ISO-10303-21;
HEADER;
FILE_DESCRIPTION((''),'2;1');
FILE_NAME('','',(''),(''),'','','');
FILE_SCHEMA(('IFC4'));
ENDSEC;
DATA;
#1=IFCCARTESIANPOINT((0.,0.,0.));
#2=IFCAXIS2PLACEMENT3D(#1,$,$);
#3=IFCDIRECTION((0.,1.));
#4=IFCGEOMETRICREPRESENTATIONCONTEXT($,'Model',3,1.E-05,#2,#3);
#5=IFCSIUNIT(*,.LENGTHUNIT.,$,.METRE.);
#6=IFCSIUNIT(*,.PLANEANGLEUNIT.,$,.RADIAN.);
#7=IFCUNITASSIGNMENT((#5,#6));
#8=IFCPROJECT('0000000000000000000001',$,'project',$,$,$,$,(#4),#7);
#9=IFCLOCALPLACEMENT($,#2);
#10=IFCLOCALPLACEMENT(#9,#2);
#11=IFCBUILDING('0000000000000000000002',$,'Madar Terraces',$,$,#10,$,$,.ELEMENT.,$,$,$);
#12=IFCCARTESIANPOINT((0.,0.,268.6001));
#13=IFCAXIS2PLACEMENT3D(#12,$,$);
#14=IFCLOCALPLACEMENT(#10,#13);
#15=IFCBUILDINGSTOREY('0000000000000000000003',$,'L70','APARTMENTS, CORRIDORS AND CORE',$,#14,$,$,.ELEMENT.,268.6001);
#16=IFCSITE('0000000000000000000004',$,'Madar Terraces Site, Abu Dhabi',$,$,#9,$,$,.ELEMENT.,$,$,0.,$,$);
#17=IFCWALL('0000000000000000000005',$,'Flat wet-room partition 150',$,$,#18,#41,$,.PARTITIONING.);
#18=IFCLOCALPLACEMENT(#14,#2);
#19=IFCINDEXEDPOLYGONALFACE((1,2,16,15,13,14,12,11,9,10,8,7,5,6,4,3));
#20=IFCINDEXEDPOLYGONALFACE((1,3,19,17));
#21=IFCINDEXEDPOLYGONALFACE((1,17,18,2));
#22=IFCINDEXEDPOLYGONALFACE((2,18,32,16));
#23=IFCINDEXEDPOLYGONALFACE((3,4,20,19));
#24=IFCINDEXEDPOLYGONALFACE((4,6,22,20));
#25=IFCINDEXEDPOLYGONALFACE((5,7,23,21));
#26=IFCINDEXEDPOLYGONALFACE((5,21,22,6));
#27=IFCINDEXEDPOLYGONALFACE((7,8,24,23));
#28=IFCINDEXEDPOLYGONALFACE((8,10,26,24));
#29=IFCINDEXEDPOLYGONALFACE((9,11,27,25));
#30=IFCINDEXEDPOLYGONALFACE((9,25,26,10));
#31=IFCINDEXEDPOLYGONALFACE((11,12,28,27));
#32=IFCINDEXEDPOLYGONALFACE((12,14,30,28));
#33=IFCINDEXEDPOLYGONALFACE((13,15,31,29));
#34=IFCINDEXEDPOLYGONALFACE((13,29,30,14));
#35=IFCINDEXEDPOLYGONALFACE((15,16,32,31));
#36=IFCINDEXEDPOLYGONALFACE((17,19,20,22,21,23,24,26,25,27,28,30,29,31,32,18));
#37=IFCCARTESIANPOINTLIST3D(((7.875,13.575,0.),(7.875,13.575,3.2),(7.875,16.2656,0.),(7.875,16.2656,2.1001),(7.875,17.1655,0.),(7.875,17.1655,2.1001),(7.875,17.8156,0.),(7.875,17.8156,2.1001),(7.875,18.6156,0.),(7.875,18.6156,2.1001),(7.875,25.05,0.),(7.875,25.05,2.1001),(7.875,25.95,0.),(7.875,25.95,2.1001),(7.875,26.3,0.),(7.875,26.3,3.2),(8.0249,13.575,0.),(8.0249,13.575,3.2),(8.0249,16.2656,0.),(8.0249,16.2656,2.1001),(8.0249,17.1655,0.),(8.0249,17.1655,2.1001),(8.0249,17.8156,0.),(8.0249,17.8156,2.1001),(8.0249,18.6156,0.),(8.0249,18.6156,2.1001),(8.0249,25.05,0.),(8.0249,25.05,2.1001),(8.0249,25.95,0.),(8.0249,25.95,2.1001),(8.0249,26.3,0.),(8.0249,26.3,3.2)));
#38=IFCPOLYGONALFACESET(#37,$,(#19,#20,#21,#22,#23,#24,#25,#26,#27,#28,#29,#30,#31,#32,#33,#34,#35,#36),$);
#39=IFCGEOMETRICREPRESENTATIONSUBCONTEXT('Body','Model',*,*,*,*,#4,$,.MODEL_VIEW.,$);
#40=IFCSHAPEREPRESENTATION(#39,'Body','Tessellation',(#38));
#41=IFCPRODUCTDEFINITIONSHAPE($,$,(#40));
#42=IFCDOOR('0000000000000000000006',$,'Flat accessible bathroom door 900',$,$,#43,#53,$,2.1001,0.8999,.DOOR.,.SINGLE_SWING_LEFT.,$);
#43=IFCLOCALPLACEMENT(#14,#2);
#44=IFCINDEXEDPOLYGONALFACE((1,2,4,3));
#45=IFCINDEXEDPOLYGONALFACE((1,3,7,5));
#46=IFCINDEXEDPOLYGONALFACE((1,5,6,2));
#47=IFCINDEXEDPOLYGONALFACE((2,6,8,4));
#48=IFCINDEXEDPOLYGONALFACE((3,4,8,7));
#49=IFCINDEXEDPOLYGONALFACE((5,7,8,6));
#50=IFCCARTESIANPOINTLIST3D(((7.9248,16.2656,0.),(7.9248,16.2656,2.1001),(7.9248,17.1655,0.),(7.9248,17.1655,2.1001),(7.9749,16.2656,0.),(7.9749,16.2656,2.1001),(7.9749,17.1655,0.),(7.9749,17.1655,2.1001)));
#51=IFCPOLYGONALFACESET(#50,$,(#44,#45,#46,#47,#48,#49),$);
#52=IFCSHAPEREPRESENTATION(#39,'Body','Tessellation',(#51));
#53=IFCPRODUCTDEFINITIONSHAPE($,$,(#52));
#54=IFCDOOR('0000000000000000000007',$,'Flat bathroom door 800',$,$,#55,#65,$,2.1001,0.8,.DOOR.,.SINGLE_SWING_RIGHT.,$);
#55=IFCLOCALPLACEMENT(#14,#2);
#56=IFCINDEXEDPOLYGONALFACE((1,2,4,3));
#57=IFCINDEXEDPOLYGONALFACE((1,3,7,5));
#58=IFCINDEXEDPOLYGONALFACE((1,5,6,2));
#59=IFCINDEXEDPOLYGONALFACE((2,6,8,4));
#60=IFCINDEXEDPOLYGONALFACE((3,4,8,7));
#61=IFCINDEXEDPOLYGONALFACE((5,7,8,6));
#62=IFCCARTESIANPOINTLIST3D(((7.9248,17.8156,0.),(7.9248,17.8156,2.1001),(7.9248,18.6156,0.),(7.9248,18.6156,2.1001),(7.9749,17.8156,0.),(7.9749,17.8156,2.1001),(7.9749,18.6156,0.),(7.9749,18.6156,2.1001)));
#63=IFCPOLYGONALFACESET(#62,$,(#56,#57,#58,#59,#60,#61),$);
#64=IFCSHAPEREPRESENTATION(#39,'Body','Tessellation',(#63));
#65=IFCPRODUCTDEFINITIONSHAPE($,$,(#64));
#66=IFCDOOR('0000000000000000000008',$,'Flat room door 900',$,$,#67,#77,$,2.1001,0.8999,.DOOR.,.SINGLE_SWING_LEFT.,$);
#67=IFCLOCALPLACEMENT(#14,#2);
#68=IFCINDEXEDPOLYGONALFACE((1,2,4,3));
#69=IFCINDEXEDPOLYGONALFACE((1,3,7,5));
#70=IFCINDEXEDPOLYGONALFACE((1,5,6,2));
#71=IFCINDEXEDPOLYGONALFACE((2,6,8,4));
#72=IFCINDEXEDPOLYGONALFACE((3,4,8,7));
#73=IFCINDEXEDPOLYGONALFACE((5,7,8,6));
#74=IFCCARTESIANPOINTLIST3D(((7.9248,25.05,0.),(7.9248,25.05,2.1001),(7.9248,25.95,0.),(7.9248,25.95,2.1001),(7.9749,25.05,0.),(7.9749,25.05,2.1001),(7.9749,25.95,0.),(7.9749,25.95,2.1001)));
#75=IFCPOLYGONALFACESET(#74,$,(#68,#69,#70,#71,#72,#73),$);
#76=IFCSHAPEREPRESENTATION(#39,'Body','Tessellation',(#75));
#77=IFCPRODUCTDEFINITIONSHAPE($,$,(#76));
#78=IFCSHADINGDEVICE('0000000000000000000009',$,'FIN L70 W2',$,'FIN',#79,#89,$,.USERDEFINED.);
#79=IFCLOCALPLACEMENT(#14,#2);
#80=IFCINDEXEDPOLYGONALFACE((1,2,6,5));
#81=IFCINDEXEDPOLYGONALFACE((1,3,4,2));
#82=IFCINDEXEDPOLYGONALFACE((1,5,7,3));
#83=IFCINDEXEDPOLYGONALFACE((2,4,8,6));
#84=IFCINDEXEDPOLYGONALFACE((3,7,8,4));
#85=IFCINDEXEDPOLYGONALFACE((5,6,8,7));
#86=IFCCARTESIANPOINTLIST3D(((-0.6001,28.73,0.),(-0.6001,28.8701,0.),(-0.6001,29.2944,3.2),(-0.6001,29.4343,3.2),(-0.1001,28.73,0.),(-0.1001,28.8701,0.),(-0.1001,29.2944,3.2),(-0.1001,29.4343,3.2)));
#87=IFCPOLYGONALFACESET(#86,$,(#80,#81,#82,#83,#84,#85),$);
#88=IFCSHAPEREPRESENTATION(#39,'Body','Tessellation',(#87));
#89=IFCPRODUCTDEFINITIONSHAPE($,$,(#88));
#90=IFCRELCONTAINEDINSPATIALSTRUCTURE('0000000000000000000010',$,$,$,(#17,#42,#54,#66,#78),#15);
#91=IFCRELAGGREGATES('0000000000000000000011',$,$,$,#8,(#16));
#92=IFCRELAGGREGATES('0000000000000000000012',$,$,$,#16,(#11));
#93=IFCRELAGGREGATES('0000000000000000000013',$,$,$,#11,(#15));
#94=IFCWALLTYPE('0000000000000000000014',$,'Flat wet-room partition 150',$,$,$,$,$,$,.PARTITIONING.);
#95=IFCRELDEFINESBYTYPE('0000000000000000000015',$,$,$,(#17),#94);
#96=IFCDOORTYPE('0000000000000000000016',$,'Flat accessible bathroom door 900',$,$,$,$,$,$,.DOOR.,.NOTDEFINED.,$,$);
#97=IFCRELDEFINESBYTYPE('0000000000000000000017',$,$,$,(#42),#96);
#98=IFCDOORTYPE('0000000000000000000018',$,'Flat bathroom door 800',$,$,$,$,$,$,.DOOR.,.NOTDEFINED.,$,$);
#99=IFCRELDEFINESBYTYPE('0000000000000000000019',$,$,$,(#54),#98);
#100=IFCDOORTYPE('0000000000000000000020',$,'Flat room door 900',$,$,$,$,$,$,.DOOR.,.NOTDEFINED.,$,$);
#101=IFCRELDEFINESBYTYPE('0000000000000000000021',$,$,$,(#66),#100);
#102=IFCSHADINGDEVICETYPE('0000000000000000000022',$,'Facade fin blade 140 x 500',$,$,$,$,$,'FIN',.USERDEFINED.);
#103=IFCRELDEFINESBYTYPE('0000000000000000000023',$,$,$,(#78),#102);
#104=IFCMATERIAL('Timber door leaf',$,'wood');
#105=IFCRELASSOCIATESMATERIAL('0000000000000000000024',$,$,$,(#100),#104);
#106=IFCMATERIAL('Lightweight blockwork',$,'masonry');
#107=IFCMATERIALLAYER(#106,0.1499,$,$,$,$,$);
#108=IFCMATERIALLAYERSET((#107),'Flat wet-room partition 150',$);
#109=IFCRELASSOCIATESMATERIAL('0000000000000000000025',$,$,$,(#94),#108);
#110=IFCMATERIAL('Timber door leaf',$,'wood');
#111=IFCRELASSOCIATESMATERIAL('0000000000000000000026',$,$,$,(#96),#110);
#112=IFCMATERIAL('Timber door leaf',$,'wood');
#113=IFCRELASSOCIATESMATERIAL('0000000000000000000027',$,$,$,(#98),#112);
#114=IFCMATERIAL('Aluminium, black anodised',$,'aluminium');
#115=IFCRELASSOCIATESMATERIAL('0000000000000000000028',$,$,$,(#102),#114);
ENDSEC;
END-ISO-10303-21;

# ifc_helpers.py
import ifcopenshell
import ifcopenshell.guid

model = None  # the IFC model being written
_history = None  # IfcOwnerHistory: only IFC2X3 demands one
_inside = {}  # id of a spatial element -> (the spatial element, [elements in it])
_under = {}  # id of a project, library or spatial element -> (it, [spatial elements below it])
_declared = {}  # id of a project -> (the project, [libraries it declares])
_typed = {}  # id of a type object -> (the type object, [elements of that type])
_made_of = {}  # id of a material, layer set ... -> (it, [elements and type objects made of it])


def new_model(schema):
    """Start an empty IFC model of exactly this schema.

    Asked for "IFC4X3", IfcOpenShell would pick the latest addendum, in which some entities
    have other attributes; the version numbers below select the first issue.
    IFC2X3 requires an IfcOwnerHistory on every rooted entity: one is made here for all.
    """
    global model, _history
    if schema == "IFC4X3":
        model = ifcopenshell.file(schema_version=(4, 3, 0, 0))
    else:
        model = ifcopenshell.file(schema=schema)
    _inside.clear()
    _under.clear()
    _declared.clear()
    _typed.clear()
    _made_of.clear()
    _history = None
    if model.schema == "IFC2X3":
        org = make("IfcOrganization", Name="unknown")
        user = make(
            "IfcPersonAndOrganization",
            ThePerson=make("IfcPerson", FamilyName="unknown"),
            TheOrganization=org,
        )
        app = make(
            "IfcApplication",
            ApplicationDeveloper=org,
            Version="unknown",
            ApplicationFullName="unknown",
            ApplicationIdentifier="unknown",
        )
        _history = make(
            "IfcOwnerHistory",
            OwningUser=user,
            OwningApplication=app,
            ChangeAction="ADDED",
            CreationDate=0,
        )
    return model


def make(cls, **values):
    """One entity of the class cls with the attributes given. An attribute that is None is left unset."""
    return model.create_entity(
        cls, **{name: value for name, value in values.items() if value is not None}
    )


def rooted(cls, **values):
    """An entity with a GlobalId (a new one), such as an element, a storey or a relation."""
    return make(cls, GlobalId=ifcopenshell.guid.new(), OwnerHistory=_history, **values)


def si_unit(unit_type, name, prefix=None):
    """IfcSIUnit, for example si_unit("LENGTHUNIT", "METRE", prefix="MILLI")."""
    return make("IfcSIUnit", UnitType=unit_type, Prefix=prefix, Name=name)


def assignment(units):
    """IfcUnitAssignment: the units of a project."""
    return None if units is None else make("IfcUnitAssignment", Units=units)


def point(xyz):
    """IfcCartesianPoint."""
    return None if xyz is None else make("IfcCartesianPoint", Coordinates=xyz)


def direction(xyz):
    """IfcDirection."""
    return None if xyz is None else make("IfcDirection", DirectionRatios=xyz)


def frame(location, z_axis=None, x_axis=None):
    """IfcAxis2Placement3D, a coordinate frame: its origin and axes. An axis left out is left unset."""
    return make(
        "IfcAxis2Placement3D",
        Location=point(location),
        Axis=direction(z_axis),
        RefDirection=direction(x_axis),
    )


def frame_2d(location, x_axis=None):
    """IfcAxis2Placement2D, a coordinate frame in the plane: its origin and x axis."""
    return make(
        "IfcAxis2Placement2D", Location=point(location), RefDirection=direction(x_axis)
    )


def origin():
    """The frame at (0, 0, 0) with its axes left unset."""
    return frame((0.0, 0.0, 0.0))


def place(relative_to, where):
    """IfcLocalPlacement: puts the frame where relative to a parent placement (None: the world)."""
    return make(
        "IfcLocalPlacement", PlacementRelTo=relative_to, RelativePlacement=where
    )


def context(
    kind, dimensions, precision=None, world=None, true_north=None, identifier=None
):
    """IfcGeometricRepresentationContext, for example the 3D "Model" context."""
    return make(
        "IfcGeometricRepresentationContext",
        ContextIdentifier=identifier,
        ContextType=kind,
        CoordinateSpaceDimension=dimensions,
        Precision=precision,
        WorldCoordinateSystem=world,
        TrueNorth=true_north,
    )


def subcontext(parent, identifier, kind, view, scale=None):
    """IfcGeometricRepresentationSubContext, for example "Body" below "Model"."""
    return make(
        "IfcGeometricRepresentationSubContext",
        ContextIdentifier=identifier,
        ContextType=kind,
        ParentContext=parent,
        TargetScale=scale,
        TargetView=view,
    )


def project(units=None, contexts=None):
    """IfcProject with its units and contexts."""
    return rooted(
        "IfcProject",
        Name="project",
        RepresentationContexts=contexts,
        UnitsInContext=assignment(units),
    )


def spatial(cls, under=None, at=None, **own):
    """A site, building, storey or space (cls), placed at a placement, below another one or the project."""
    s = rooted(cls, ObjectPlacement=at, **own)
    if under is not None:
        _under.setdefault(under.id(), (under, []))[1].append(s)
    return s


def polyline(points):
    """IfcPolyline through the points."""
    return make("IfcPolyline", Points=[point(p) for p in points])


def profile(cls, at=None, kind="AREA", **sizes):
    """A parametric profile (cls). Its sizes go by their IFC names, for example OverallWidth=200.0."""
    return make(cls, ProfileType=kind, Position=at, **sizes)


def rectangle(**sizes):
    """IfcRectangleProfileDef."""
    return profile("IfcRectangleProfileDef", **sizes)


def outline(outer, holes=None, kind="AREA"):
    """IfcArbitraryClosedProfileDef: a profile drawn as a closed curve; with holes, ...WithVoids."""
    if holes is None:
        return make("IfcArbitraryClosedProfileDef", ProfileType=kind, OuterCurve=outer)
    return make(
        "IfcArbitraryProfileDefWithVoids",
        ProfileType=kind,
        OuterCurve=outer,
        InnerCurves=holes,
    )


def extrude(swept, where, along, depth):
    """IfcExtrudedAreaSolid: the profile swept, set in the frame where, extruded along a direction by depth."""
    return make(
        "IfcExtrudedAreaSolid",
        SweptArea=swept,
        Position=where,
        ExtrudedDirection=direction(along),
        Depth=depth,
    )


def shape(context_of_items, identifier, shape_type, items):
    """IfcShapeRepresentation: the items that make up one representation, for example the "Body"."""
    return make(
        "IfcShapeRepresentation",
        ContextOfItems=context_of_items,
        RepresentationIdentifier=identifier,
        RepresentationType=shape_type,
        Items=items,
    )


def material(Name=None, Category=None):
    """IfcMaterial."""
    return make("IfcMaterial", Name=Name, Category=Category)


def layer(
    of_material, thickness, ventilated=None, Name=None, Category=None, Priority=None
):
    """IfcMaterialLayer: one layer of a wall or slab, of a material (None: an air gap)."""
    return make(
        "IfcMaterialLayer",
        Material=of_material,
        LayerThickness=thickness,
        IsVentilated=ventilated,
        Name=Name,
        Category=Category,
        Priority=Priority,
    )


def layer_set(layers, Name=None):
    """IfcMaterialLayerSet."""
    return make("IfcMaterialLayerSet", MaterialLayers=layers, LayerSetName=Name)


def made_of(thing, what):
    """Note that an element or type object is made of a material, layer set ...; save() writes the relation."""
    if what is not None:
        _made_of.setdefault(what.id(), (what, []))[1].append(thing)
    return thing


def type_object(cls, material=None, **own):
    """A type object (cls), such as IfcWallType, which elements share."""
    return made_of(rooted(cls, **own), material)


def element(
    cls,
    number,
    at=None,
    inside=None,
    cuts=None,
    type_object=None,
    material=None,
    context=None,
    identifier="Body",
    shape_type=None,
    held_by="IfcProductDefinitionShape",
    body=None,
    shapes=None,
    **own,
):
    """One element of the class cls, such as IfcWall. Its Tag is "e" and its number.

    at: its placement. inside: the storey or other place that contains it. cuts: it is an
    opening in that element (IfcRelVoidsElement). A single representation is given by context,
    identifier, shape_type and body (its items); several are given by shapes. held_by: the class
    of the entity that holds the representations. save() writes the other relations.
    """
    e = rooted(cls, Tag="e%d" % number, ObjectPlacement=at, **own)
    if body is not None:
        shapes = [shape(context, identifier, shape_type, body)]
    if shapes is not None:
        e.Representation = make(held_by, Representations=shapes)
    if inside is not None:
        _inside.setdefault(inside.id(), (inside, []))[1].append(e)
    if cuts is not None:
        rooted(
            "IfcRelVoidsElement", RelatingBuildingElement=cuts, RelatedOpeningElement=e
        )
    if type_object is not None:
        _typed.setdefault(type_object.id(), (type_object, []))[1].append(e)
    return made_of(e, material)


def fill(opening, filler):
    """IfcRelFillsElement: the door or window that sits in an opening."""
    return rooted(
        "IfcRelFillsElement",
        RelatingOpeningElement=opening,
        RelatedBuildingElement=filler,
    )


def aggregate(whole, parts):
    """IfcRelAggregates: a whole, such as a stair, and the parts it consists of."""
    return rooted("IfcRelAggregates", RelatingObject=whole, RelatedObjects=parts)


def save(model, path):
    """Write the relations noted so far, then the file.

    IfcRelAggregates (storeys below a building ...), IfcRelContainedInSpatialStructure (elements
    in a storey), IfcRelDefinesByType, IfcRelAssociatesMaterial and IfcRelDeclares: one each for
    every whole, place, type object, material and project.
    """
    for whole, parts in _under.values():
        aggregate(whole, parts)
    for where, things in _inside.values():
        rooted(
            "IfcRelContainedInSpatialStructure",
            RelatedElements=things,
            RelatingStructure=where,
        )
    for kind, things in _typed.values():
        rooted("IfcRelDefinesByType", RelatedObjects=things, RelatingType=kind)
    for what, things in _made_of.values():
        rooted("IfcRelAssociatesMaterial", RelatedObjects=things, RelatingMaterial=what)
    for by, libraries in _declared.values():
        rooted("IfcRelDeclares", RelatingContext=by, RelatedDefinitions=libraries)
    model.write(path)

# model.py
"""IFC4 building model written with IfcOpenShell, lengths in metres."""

from ifc_helpers import new_model, si_unit, direction, frame, frame_2d, origin, place, context, subcontext, project, spatial, polyline, rectangle, outline, extrude, material, layer, layer_set, type_object, element, fill, save


model = new_model("IFC4")

# Units and contexts
model_context = context("Model", 3, precision=1e-05, world=origin(), true_north=direction((0.0, 1.0)))
body_context = subcontext(model_context, "Body", "Model", "MODEL_VIEW")
ifc_project = project(units=[si_unit("LENGTHUNIT", "METRE"), si_unit("PLANEANGLEUNIT", "RADIAN")], contexts=[model_context])

# Site, building, storey
site_placement = place(None, origin())
site = spatial("IfcSite", under=ifc_project, at=site_placement, Name="Madar Terraces Site, Abu Dhabi", CompositionType="ELEMENT", RefElevation=0.0)
building_placement = place(site_placement, origin())
building = spatial("IfcBuilding", under=site, at=building_placement, Name="Madar Terraces", CompositionType="ELEMENT")
storey_placement = place(building_placement, frame((0.0, 0.0, 268.6001)))
storey = spatial("IfcBuildingStorey", under=building, at=storey_placement, Name="L70", Description="APARTMENTS, CORRIDORS AND CORE", CompositionType="ELEMENT", Elevation=268.6001)

# Shared definitions
ifc_material_1 = material(Name="Timber door leaf", Category="wood")
door_type_1 = type_object("IfcDoorType", Name="Flat room door 900", OperationType="NOTDEFINED", PredefinedType="DOOR", material=ifc_material_1)

# Wall, openings, doors
ifc_material_2 = material(Name="Lightweight blockwork", Category="masonry")
ifc_layer_1 = layer(ifc_material_2, 0.1499)
ifc_layer_set_1 = layer_set([ifc_layer_1], Name="Flat wet-room partition 150")
wall_type_1 = type_object("IfcWallType", Name="Flat wet-room partition 150", PredefinedType="PARTITIONING", material=ifc_layer_set_1)
wall_1_placement = place(storey_placement, frame((7.95, 26.3, 0.0), z_axis=(0.0, 0.0, 1.0), x_axis=(0.0, -1.0, 0.0)))
wall_1 = element("IfcWall", 1, at=wall_1_placement, inside=storey, type_object=wall_type_1, Name="Flat wet-room partition 150", PredefinedType="PARTITIONING", context=body_context, shape_type="SweptSolid", body=[
    extrude(rectangle(XDim=12.7251, YDim=0.1499, at=frame_2d((6.3625, 0.0))), origin(), (0.0, 0.0, 1.0), 3.2),
])
opening_1_placement = place(wall_1_placement, frame((9.1345, 0.0, 0.0)))
opening_1 = element("IfcOpeningElement", 2, at=opening_1_placement, cuts=wall_1, PredefinedType="OPENING", context=body_context, shape_type="SweptSolid", body=[
    extrude(rectangle(XDim=0.8999, YDim=2.1001, at=frame_2d((0.45, 1.05))), frame((0.0, 0.085, 0.0), z_axis=(0.0, -1.0, 0.0), x_axis=(1.0, 0.0, 0.0)), (0.0, 0.0, 1.0), 0.1699),
])
opening_2_placement = place(wall_1_placement, frame((7.6846, 0.0, 0.0)))
opening_2 = element("IfcOpeningElement", 3, at=opening_2_placement, cuts=wall_1, PredefinedType="OPENING", context=body_context, shape_type="SweptSolid", body=[
    extrude(rectangle(XDim=0.8, YDim=2.1001, at=frame_2d((0.3999, 1.05))), frame((0.0, 0.085, 0.0), z_axis=(0.0, -1.0, 0.0), x_axis=(1.0, 0.0, 0.0)), (0.0, 0.0, 1.0), 0.1699),
])
opening_3_placement = place(wall_1_placement, frame((0.3501, 0.0, 0.0)))
opening_3 = element("IfcOpeningElement", 4, at=opening_3_placement, cuts=wall_1, PredefinedType="OPENING", context=body_context, shape_type="SweptSolid", body=[
    extrude(rectangle(XDim=0.8999, YDim=2.1001, at=frame_2d((0.45, 1.05))), frame((0.0, 0.085, 0.0), z_axis=(0.0, -1.0, 0.0), x_axis=(1.0, 0.0, 0.0)), (0.0, 0.0, 1.0), 0.1699),
])
ifc_material_3 = material(Name="Timber door leaf", Category="wood")
door_type_2 = type_object("IfcDoorType", Name="Flat accessible bathroom door 900", OperationType="NOTDEFINED", PredefinedType="DOOR", material=ifc_material_3)
door_1_placement = place(opening_1_placement, origin())
door_1 = element("IfcDoor", 5, at=door_1_placement, inside=storey, type_object=door_type_2, Name="Flat accessible bathroom door 900", OperationType="SINGLE_SWING_LEFT", OverallHeight=2.1001, OverallWidth=0.8999, PredefinedType="DOOR", context=body_context, shape_type="SweptSolid", body=[
    extrude(rectangle(XDim=0.8999, YDim=2.1001, at=frame_2d((0.45, 1.05))), frame((0.0, 0.0249, 0.0), z_axis=(0.0, -1.0, 0.0), x_axis=(1.0, 0.0, 0.0)), (0.0, 0.0, 1.0), 0.05),
])
fill(opening_1, door_1)
ifc_material_4 = material(Name="Timber door leaf", Category="wood")
door_type_3 = type_object("IfcDoorType", Name="Flat bathroom door 800", OperationType="NOTDEFINED", PredefinedType="DOOR", material=ifc_material_4)
door_2_placement = place(opening_2_placement, origin())
door_2 = element("IfcDoor", 6, at=door_2_placement, inside=storey, type_object=door_type_3, Name="Flat bathroom door 800", OperationType="SINGLE_SWING_RIGHT", OverallHeight=2.1001, OverallWidth=0.8, PredefinedType="DOOR", context=body_context, shape_type="SweptSolid", body=[
    extrude(rectangle(XDim=0.8, YDim=2.1001, at=frame_2d((0.3999, 1.05))), frame((0.0, 0.0249, 0.0), z_axis=(0.0, -1.0, 0.0), x_axis=(1.0, 0.0, 0.0)), (0.0, 0.0, 1.0), 0.05),
])
fill(opening_2, door_2)
door_3_placement = place(opening_3_placement, origin())
door_3 = element("IfcDoor", 7, at=door_3_placement, inside=storey, type_object=door_type_1, Name="Flat room door 900", OperationType="SINGLE_SWING_LEFT", OverallHeight=2.1001, OverallWidth=0.8999, PredefinedType="DOOR", context=body_context, shape_type="SweptSolid", body=[
    extrude(rectangle(XDim=0.8999, YDim=2.1001, at=frame_2d((0.45, 1.05))), frame((0.0, 0.0249, 0.0), z_axis=(0.0, -1.0, 0.0), x_axis=(1.0, 0.0, 0.0)), (0.0, 0.0, 1.0), 0.05),
])
fill(opening_3, door_3)

# Shading device
ifc_material_5 = material(Name="Aluminium, black anodised", Category="aluminium")
shading_device_type = type_object("IfcShadingDeviceType", Name="Facade fin blade 140 x 500", ElementType="FIN", PredefinedType="USERDEFINED", material=ifc_material_5)
shading_device_placement = place(storey_placement, frame((-0.3501, 28.8701, 0.0), z_axis=(0.0, 0.0, 1.0), x_axis=(0.0, -1.0, 0.0)))
element("IfcShadingDevice", 8, at=shading_device_placement, inside=storey, type_object=shading_device_type, Name="FIN L70 W2", ObjectType="FIN", PredefinedType="USERDEFINED", context=body_context, shape_type="SweptSolid", body=[
    extrude(outline(polyline([(0.0, 0.0), (0.1401, 0.0), (-0.4243, 3.2), (-0.5642, 3.2), (0.0, 0.0)])), frame((0.0, 0.25, 0.0), z_axis=(0.0, -1.0, 0.0), x_axis=(1.0, 0.0, 0.0)), (0.0, 0.0, 1.0), 0.5),
])

save(model, "model.ifc")
